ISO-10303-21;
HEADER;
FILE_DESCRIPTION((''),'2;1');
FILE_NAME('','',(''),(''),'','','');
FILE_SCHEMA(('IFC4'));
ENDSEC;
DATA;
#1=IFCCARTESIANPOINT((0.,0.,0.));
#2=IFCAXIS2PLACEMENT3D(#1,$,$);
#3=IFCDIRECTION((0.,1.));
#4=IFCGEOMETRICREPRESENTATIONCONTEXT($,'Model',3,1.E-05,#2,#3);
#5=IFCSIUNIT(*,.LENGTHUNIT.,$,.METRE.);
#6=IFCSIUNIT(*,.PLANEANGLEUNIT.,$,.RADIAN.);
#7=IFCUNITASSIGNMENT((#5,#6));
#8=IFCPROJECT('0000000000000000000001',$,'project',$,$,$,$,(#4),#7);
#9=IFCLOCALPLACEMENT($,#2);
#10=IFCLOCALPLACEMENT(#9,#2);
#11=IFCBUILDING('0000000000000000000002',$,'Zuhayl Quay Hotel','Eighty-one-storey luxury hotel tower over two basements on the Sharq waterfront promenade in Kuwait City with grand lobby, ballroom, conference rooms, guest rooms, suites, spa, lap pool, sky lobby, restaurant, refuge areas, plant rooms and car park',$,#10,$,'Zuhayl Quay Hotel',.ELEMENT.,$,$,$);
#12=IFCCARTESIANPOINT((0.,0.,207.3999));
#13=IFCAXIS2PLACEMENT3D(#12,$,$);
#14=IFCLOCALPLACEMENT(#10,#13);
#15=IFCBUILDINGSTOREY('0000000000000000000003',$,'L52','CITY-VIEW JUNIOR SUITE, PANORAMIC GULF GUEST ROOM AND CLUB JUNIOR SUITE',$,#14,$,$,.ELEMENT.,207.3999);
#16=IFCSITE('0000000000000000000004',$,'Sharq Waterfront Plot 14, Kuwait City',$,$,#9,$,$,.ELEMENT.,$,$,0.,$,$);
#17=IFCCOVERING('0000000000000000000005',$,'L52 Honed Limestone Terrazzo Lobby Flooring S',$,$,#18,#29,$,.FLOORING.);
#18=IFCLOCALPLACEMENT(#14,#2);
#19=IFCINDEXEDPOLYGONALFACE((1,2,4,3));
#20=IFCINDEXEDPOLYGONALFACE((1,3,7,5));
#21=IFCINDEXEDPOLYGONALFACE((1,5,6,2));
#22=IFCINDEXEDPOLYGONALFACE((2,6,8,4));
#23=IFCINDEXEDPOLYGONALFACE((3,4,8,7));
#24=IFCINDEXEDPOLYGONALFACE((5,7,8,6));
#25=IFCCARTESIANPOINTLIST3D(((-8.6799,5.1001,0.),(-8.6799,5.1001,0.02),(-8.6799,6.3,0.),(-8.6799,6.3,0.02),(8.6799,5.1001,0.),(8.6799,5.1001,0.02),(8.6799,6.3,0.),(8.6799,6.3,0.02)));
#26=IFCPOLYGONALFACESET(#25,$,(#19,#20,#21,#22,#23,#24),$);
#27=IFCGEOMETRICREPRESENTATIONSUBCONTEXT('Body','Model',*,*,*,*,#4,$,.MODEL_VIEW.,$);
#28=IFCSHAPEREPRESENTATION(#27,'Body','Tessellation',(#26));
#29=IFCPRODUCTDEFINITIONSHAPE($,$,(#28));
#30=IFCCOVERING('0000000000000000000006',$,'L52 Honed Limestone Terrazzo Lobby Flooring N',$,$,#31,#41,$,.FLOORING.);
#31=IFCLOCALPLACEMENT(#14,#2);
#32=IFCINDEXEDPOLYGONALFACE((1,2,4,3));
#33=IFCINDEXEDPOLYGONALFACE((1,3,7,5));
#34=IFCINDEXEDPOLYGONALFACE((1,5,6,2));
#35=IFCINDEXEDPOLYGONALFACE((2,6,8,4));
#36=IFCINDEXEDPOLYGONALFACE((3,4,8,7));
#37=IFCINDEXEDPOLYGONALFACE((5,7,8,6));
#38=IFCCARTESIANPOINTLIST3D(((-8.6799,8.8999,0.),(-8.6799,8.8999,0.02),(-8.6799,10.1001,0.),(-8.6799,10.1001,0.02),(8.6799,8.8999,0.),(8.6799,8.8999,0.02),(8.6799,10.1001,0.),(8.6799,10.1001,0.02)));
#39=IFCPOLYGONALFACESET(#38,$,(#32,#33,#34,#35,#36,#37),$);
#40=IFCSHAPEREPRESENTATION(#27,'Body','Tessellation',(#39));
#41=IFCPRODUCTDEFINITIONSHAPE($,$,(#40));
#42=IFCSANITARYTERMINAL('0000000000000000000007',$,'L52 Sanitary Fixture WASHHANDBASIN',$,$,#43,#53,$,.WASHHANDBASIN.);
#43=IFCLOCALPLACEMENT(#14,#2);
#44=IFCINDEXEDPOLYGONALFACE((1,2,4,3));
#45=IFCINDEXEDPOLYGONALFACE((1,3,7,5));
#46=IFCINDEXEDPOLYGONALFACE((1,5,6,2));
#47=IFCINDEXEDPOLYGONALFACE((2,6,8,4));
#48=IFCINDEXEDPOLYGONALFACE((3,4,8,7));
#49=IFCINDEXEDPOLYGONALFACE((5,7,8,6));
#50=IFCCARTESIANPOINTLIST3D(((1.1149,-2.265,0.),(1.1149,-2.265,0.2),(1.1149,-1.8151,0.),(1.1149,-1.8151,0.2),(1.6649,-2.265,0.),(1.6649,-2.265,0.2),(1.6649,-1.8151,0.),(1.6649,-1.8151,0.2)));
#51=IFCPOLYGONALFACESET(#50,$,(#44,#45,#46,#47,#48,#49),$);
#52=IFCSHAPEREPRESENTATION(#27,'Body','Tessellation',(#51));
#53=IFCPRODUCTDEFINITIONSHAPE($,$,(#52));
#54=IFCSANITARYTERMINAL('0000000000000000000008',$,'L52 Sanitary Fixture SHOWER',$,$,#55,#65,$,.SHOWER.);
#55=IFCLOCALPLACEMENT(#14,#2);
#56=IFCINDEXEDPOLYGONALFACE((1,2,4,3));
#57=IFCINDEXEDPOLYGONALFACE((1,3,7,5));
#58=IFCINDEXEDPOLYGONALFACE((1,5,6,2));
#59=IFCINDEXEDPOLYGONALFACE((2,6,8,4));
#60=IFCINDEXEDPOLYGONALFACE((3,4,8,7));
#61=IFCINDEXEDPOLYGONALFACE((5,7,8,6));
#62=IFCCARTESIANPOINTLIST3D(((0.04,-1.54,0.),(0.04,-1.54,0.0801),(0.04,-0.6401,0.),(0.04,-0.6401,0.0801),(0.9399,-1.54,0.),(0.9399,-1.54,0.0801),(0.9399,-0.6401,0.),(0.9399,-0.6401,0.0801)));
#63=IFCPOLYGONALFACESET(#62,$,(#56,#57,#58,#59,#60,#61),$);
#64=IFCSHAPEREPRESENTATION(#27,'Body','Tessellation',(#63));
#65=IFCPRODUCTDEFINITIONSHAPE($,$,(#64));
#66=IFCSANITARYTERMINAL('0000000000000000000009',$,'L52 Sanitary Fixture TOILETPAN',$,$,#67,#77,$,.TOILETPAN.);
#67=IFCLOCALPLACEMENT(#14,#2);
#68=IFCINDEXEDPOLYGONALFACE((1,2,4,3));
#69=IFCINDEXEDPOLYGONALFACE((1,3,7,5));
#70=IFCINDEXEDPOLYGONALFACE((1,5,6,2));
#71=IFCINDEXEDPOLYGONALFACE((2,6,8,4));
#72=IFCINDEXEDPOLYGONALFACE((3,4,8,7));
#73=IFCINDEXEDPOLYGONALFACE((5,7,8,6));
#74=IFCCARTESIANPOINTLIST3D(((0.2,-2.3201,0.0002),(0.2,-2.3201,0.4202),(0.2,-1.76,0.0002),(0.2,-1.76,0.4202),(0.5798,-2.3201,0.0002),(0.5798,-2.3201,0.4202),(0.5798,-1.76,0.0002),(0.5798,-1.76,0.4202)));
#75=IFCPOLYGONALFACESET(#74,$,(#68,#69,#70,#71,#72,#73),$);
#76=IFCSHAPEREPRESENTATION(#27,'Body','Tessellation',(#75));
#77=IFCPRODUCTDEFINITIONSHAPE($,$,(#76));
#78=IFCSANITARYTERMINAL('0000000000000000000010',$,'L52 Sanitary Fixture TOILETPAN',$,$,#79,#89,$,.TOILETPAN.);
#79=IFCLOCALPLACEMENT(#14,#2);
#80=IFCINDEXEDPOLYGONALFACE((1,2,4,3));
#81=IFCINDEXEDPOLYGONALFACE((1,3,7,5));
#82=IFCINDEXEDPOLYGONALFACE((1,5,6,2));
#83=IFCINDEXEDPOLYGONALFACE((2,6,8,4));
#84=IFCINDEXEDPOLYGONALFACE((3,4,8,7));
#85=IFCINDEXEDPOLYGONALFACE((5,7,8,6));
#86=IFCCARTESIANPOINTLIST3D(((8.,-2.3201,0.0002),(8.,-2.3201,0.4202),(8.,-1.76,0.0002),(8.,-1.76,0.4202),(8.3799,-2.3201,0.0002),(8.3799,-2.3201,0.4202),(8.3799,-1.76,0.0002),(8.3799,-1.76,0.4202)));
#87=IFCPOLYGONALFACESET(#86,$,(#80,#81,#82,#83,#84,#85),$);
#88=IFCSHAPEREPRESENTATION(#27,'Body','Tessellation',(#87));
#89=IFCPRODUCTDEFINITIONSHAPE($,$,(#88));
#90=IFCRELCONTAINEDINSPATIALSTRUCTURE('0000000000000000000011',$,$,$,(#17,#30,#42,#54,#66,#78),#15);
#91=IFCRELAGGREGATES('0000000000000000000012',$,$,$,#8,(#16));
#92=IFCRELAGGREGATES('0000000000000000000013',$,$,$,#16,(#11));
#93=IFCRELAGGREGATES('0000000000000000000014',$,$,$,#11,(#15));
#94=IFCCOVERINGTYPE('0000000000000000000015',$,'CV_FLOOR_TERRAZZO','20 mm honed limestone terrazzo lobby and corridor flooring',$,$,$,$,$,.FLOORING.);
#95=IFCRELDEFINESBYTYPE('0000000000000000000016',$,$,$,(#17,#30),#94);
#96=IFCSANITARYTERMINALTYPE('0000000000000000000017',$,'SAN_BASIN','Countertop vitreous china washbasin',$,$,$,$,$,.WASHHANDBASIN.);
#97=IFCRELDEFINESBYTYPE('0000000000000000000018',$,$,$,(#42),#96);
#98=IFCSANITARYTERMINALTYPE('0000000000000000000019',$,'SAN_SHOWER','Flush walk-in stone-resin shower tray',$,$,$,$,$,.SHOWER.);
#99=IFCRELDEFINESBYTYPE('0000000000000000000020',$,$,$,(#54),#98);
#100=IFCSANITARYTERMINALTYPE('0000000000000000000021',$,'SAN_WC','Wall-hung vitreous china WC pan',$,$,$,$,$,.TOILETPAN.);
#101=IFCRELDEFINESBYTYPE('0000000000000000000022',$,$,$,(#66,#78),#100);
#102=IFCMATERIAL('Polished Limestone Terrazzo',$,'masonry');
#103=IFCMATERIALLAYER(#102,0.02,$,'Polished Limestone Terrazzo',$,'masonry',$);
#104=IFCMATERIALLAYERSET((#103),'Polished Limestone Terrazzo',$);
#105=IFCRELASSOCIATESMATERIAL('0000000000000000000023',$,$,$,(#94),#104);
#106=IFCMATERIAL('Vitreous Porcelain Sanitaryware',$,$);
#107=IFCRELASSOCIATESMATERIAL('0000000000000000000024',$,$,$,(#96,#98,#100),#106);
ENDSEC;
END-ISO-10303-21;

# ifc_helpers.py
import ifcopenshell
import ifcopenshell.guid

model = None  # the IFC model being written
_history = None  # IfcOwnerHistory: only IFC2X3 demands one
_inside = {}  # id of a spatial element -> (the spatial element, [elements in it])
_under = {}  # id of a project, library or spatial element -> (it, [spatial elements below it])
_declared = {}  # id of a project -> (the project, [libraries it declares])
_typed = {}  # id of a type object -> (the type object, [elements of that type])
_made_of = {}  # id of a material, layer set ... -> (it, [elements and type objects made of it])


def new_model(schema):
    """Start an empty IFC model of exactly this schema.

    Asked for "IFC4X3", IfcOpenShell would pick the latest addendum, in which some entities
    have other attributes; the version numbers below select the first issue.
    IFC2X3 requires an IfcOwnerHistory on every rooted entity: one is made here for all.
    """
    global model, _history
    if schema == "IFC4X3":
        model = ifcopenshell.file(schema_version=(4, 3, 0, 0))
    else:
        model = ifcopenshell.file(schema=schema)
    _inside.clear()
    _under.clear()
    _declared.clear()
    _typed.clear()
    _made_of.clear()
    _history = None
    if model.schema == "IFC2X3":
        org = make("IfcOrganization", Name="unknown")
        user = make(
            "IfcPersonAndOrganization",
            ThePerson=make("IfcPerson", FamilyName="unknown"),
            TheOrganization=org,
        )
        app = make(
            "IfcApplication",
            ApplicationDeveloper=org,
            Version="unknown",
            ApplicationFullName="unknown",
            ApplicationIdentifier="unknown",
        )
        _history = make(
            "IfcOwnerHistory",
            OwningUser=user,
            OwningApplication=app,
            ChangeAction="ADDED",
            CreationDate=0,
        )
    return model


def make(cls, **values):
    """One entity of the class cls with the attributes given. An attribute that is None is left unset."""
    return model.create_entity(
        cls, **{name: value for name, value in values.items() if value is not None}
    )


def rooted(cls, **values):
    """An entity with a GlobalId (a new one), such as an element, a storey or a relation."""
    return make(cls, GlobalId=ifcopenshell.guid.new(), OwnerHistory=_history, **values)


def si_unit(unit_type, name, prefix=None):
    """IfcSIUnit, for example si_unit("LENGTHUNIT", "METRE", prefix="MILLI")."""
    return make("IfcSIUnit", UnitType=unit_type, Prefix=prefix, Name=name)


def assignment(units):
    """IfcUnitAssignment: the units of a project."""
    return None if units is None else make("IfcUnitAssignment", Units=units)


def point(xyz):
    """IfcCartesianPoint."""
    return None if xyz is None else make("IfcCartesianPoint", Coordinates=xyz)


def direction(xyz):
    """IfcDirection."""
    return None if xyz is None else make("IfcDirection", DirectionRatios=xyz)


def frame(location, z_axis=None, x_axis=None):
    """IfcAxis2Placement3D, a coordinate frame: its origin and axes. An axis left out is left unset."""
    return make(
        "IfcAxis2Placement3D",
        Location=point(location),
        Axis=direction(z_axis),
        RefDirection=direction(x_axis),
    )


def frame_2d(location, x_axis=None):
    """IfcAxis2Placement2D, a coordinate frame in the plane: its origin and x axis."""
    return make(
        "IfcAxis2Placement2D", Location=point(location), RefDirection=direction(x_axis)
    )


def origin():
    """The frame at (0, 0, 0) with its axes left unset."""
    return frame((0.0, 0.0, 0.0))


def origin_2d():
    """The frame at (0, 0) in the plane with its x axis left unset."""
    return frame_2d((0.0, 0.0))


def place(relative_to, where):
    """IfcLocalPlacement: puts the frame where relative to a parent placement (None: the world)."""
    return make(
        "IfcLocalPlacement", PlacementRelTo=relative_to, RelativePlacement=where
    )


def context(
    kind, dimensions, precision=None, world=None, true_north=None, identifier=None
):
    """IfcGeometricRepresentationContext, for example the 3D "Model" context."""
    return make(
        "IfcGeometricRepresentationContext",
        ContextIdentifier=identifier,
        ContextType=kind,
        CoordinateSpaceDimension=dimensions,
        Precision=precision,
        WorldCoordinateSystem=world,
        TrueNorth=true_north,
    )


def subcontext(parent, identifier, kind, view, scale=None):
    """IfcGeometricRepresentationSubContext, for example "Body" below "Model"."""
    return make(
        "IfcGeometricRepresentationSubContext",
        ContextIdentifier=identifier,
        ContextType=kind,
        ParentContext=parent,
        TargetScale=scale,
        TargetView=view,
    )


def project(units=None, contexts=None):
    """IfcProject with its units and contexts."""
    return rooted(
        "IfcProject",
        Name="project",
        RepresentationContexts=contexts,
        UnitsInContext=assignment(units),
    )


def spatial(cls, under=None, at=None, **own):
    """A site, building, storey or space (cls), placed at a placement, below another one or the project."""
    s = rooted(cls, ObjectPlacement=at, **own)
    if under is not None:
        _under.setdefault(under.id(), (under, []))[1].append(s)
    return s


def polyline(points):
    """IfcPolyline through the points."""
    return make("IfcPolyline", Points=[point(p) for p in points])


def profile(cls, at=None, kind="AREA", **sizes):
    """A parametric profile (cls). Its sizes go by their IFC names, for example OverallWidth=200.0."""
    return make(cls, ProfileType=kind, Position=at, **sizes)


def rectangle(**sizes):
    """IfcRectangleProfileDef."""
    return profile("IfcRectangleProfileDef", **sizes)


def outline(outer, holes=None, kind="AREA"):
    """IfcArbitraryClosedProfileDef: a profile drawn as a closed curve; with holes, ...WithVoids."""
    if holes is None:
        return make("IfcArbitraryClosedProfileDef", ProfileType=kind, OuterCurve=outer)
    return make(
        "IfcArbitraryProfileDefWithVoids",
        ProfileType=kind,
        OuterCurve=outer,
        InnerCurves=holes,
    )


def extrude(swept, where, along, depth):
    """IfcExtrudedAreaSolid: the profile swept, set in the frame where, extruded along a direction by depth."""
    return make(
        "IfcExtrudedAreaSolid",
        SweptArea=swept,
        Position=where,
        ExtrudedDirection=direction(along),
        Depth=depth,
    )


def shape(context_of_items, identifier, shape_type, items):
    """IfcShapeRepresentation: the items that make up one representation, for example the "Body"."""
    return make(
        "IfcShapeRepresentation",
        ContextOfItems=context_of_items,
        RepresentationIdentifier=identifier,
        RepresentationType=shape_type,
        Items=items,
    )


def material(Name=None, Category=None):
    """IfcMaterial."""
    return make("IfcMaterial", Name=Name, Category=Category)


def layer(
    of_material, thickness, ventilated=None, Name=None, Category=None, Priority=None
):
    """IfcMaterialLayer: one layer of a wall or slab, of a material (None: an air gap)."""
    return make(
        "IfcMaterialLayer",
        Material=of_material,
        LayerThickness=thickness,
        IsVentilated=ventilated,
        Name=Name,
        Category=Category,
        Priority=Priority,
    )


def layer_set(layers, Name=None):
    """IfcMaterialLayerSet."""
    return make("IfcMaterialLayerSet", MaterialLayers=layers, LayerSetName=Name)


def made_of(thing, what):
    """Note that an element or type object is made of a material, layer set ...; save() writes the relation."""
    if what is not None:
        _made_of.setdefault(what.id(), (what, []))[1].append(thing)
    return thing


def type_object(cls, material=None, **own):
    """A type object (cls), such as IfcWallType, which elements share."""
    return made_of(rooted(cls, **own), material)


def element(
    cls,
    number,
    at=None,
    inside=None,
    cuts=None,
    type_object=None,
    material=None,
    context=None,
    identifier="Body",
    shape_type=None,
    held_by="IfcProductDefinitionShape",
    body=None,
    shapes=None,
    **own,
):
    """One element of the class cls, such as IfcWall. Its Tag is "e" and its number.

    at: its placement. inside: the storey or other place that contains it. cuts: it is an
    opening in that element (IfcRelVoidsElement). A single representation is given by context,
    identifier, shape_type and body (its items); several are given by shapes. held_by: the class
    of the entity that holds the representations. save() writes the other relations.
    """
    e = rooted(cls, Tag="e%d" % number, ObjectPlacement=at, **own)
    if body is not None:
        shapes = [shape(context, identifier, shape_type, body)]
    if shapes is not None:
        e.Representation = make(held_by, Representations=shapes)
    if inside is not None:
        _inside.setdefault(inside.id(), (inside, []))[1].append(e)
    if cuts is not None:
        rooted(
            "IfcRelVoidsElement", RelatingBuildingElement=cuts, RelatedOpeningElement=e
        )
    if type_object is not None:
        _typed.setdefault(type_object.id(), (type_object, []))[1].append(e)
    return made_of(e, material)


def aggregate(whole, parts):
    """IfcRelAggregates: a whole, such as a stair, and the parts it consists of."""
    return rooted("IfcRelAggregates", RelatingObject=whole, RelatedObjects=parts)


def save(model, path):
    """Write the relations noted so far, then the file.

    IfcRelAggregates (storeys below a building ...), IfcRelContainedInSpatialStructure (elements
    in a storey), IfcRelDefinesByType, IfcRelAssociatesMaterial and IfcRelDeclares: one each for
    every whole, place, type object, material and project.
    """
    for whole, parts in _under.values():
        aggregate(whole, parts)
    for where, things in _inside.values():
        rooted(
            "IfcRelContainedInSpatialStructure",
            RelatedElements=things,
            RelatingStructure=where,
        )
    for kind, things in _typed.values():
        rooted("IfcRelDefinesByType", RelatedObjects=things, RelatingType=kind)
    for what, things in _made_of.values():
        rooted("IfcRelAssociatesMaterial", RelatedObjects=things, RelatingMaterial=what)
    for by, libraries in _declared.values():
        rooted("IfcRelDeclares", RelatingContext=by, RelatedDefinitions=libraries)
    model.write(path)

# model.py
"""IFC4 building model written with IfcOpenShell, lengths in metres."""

from ifc_helpers import new_model, si_unit, direction, frame, origin, origin_2d, place, context, subcontext, project, spatial, polyline, rectangle, outline, extrude, material, layer, layer_set, type_object, element, save


model = new_model("IFC4")

# Units and contexts
model_context = context("Model", 3, precision=1e-05, world=origin(), true_north=direction((0.0, 1.0)))
body_context = subcontext(model_context, "Body", "Model", "MODEL_VIEW")
ifc_project = project(units=[si_unit("LENGTHUNIT", "METRE"), si_unit("PLANEANGLEUNIT", "RADIAN")], contexts=[model_context])

# Site, building, storey
site_placement = place(None, origin())
site = spatial("IfcSite", under=ifc_project, at=site_placement, Name="Sharq Waterfront Plot 14, Kuwait City", CompositionType="ELEMENT", RefElevation=0.0)
building_placement = place(site_placement, origin())
building = spatial("IfcBuilding", under=site, at=building_placement, Name="Zuhayl Quay Hotel", Description="Eighty-one-storey luxury hotel tower over two basements on the Sharq waterfront promenade in Kuwait City with grand lobby, ballroom, conference rooms, guest rooms, suites, spa, lap pool, sky lobby, restaurant, refuge areas, plant rooms and car park", LongName="Zuhayl Quay Hotel", CompositionType="ELEMENT")
storey_placement = place(building_placement, frame((0.0, 0.0, 207.3999)))
storey = spatial("IfcBuildingStorey", under=building, at=storey_placement, Name="L52", Description="CITY-VIEW JUNIOR SUITE, PANORAMIC GULF GUEST ROOM AND CLUB JUNIOR SUITE", CompositionType="ELEMENT", Elevation=207.3999)

# Coverings
ifc_material_1 = material(Name="Polished Limestone Terrazzo", Category="masonry")
ifc_layer_1 = layer(ifc_material_1, 0.02, Name="Polished Limestone Terrazzo", Category="masonry")
ifc_layer_set_1 = layer_set([ifc_layer_1], Name="Polished Limestone Terrazzo")
covering_type_1 = type_object("IfcCoveringType", Name="CV_FLOOR_TERRAZZO", Description="20 mm honed limestone terrazzo lobby and corridor flooring", PredefinedType="FLOORING", material=ifc_layer_set_1)
covering_1_placement = place(storey_placement, origin())
element("IfcCovering", 1, at=covering_1_placement, inside=storey, type_object=covering_type_1, Name="L52 Honed Limestone Terrazzo Lobby Flooring S", PredefinedType="FLOORING", context=body_context, shape_type="SweptSolid", body=[
    extrude(outline(polyline([(-8.6799, 5.1001), (8.6799, 5.1001), (8.6799, 6.3), (-8.6799, 6.3), (-8.6799, 5.1001)])), origin(), (0.0, 0.0, 1.0), 0.02),
])
covering_2_placement = place(storey_placement, origin())
element("IfcCovering", 2, at=covering_2_placement, inside=storey, type_object=covering_type_1, Name="L52 Honed Limestone Terrazzo Lobby Flooring N", PredefinedType="FLOORING", context=body_context, shape_type="SweptSolid", body=[
    extrude(outline(polyline([(-8.6799, 8.8999), (8.6799, 8.8999), (8.6799, 10.1001), (-8.6799, 10.1001), (-8.6799, 8.8999)])), origin(), (0.0, 0.0, 1.0), 0.02),
])

# Sanitary terminals
ifc_material_2 = material(Name="Vitreous Porcelain Sanitaryware")
sanitary_terminal_type_1 = type_object("IfcSanitaryTerminalType", Name="SAN_BASIN", Description="Countertop vitreous china washbasin", PredefinedType="WASHHANDBASIN", material=ifc_material_2)
sanitary_terminal_1_placement = place(storey_placement, frame((1.3899, -2.04, 0.0), z_axis=(0.0, 0.0, 1.0), x_axis=(1.0, 0.0, 0.0)))
element("IfcSanitaryTerminal", 3, at=sanitary_terminal_1_placement, inside=storey, type_object=sanitary_terminal_type_1, Name="L52 Sanitary Fixture WASHHANDBASIN", PredefinedType="WASHHANDBASIN", context=body_context, shape_type="SweptSolid", body=[
    extrude(rectangle(XDim=0.55, YDim=0.45, at=origin_2d()), origin(), (0.0, 0.0, 1.0), 0.2),
])
sanitary_terminal_type_2 = type_object("IfcSanitaryTerminalType", Name="SAN_SHOWER", Description="Flush walk-in stone-resin shower tray", PredefinedType="SHOWER", material=ifc_material_2)
sanitary_terminal_2_placement = place(storey_placement, frame((0.49, -1.0901, 0.0), z_axis=(0.0, 0.0, 1.0), x_axis=(1.0, 0.0, 0.0)))
element("IfcSanitaryTerminal", 4, at=sanitary_terminal_2_placement, inside=storey, type_object=sanitary_terminal_type_2, Name="L52 Sanitary Fixture SHOWER", PredefinedType="SHOWER", context=body_context, shape_type="SweptSolid", body=[
    extrude(rectangle(XDim=0.8999, YDim=0.8999, at=origin_2d()), origin(), (0.0, 0.0, 1.0), 0.0801),
])
sanitary_terminal_type_3 = type_object("IfcSanitaryTerminalType", Name="SAN_WC", Description="Wall-hung vitreous china WC pan", PredefinedType="TOILETPAN", material=ifc_material_2)
for number, where, z_axis, x_axis, name in (
    (5, (0.3899, -2.04, 0.0002), (0.0, 0.0, 1.0), (1.0, 0.0, 0.0), "L52 Sanitary Fixture TOILETPAN"),
    (6, (8.1899, -2.04, 0.0002), (0.0, 0.0, 1.0), (1.0, 0.0, 0.0), "L52 Sanitary Fixture TOILETPAN"),
):
    element("IfcSanitaryTerminal", number, at=place(storey_placement, frame(where, z_axis=z_axis, x_axis=x_axis)), inside=storey, type_object=sanitary_terminal_type_3, Name=name, PredefinedType="TOILETPAN", context=body_context, shape_type="SweptSolid", body=[
        extrude(rectangle(XDim=0.3799, YDim=0.5601, at=origin_2d()), origin(), (0.0, 0.0, 1.0), 0.4199),
    ])

save(model, "model.ifc")
